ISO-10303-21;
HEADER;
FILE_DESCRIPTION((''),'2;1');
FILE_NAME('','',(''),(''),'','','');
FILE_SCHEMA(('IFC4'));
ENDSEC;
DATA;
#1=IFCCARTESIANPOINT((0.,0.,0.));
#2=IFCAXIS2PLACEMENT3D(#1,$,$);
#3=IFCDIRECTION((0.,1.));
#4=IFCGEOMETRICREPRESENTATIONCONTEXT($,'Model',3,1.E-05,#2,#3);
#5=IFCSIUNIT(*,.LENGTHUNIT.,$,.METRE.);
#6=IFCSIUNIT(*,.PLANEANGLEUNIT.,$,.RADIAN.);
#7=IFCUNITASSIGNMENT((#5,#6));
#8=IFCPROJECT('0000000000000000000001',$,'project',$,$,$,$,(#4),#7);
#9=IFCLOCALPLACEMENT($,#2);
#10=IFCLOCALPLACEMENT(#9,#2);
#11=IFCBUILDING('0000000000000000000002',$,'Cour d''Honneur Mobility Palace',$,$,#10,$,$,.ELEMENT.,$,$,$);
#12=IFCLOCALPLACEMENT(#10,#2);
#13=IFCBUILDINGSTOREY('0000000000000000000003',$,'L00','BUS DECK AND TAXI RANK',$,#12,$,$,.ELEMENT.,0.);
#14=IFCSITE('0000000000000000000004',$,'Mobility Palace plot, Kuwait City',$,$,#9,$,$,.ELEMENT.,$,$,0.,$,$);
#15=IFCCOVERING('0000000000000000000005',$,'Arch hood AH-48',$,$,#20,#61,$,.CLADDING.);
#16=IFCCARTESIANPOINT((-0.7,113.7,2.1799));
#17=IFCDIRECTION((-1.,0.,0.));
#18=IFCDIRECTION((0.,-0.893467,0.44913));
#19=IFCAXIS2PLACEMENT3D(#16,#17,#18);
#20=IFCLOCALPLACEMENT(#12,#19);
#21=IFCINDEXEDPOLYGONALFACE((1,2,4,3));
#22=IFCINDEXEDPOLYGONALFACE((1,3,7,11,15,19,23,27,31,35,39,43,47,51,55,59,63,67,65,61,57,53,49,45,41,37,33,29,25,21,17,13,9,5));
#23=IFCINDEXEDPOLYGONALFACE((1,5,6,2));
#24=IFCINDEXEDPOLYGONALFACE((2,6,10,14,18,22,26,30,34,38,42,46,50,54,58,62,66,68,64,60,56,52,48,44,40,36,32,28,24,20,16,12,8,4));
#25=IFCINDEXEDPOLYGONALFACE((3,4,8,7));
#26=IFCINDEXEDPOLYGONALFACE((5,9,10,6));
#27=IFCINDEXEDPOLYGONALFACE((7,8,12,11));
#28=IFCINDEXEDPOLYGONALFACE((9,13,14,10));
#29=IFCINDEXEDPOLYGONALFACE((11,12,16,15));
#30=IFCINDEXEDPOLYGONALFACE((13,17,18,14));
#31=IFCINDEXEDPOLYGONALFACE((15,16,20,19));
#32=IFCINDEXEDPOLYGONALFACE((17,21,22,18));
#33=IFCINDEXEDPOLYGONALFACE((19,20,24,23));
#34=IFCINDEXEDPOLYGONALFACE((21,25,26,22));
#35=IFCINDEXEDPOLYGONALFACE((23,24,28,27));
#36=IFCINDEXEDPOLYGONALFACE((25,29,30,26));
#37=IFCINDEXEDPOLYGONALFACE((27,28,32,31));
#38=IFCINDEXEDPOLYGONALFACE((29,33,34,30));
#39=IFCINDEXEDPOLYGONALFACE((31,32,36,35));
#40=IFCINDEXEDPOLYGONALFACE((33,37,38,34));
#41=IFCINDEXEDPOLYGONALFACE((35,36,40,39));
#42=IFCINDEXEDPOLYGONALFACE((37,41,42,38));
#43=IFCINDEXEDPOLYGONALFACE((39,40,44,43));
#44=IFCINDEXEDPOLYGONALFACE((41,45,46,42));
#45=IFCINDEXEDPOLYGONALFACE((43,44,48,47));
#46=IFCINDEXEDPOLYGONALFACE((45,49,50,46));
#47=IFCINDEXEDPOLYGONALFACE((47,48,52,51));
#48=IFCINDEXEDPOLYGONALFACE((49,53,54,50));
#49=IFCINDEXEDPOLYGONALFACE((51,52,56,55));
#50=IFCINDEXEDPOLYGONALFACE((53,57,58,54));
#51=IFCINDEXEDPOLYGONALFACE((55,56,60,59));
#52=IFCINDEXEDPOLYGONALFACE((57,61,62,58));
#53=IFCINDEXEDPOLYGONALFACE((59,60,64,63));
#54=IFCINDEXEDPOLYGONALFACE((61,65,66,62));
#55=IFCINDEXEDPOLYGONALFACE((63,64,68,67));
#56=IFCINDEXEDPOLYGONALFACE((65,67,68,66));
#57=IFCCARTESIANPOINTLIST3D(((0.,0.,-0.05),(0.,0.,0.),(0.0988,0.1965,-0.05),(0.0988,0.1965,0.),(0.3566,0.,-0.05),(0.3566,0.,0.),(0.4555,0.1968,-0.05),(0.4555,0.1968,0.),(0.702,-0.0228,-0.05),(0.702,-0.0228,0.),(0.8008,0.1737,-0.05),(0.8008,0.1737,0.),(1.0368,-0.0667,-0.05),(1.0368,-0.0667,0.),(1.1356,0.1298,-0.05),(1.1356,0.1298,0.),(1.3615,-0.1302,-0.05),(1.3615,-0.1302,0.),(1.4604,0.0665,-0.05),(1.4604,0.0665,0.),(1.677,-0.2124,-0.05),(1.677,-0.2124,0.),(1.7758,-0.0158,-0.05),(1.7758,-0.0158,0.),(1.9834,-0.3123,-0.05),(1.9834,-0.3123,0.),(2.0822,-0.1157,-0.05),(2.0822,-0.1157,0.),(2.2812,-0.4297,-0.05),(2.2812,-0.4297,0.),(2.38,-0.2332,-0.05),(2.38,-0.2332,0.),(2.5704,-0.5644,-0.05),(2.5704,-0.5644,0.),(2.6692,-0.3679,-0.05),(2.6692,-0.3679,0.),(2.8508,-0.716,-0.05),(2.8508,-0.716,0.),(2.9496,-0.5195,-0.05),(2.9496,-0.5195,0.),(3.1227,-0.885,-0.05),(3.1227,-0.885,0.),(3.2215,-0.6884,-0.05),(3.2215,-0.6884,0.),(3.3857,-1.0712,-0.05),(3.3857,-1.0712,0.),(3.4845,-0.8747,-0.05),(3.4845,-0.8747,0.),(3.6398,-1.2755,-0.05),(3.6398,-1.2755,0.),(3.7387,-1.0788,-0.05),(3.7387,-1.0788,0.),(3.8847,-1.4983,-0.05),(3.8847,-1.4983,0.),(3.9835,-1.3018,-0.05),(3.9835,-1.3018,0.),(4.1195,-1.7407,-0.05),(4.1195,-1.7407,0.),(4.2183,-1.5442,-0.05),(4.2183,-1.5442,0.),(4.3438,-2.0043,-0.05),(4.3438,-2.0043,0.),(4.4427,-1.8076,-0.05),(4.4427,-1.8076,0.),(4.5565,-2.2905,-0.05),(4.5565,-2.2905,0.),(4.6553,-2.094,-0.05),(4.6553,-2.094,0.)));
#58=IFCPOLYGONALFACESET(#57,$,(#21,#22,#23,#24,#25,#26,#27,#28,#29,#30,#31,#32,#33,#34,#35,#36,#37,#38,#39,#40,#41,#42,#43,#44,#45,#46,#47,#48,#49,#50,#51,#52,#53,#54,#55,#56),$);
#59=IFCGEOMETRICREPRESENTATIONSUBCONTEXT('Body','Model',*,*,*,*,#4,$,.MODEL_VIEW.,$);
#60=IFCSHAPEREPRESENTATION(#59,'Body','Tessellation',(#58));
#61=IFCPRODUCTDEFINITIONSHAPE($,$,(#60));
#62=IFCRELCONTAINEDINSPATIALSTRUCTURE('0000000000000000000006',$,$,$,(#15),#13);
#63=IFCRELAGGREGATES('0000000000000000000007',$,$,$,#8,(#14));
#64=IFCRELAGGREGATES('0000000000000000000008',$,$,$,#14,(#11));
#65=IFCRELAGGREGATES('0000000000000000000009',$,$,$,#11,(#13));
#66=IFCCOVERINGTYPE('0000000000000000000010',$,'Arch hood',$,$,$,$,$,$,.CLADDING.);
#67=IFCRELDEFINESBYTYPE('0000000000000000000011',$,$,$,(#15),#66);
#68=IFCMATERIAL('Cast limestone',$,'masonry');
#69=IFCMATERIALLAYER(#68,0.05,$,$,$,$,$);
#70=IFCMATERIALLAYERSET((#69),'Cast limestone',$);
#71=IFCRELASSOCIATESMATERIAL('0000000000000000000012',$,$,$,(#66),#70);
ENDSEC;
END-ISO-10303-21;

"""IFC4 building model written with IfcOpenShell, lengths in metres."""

from ifc_helpers import new_model, si_unit, direction, frame, origin, place, context, subcontext, project, spatial, polyline, outline, extrude, material, layer, layer_set, type_object, element, save


model = new_model("IFC4")

# Units and contexts
model_context = context("Model", 3, precision=1e-05, world=origin(), true_north=direction((0.0, 1.0)))
body_context = subcontext(model_context, "Body", "Model", "MODEL_VIEW")
ifc_project = project(units=[si_unit("LENGTHUNIT", "METRE"), si_unit("PLANEANGLEUNIT", "RADIAN")], contexts=[model_context])

# Site, building, storey
site_placement = place(None, origin())
site = spatial("IfcSite", under=ifc_project, at=site_placement, Name="Mobility Palace plot, Kuwait City", CompositionType="ELEMENT", RefElevation=0.0)
building_placement = place(site_placement, origin())
building = spatial("IfcBuilding", under=site, at=building_placement, Name="Cour d'Honneur Mobility Palace", CompositionType="ELEMENT")
storey_placement = place(building_placement, origin())
storey = spatial("IfcBuildingStorey", under=building, at=storey_placement, Name="L00", Description="BUS DECK AND TAXI RANK", CompositionType="ELEMENT", Elevation=0.0)

# Covering
ifc_material_1 = material(Name="Cast limestone", Category="masonry")
ifc_layer_1 = layer(ifc_material_1, 0.05)
ifc_layer_set_1 = layer_set([ifc_layer_1], Name="Cast limestone")
covering_type_1 = type_object("IfcCoveringType", Name="Arch hood", PredefinedType="CLADDING", material=ifc_layer_set_1)
covering_1_placement = place(storey_placement, frame((-0.7, 113.7, 2.1799), z_axis=(-1.0, 0.0, 0.0), x_axis=(0.0, -0.893467, 0.44913)))
element("IfcCovering", 1, at=covering_1_placement, inside=storey, type_object=covering_type_1, Name="Arch hood AH-48", PredefinedType="CLADDING", context=body_context, shape_type="SweptSolid", body=[
    extrude(outline(polyline([(0.0, 0.0), (0.3566, 0.0), (0.702, -0.0228), (1.0368, -0.0667), (1.3615, -0.1302), (1.677, -0.2124), (1.9834, -0.3123), (2.2812, -0.4297), (2.5704, -0.5644), (2.8508, -0.716), (3.1227, -0.885), (3.3857, -1.0712), (3.6398, -1.2755), (3.8847, -1.4983), (4.1195, -1.7407), (4.3438, -2.0043), (4.5565, -2.2905), (4.6553, -2.094), (4.4427, -1.8076), (4.2183, -1.5442), (3.9835, -1.3018), (3.7387, -1.0788), (3.4845, -0.8747), (3.2215, -0.6884), (2.9496, -0.5195), (2.6692, -0.3679), (2.38, -0.2332), (2.0822, -0.1157), (1.7758, -0.0158), (1.4604, 0.0665), (1.1356, 0.1298), (0.8008, 0.1737), (0.4555, 0.1968), (0.0988, 0.1965), (0.0, 0.0)])), origin(), (0.0, 0.0, -1.0), 0.05),
])

save(model, "model.ifc")
